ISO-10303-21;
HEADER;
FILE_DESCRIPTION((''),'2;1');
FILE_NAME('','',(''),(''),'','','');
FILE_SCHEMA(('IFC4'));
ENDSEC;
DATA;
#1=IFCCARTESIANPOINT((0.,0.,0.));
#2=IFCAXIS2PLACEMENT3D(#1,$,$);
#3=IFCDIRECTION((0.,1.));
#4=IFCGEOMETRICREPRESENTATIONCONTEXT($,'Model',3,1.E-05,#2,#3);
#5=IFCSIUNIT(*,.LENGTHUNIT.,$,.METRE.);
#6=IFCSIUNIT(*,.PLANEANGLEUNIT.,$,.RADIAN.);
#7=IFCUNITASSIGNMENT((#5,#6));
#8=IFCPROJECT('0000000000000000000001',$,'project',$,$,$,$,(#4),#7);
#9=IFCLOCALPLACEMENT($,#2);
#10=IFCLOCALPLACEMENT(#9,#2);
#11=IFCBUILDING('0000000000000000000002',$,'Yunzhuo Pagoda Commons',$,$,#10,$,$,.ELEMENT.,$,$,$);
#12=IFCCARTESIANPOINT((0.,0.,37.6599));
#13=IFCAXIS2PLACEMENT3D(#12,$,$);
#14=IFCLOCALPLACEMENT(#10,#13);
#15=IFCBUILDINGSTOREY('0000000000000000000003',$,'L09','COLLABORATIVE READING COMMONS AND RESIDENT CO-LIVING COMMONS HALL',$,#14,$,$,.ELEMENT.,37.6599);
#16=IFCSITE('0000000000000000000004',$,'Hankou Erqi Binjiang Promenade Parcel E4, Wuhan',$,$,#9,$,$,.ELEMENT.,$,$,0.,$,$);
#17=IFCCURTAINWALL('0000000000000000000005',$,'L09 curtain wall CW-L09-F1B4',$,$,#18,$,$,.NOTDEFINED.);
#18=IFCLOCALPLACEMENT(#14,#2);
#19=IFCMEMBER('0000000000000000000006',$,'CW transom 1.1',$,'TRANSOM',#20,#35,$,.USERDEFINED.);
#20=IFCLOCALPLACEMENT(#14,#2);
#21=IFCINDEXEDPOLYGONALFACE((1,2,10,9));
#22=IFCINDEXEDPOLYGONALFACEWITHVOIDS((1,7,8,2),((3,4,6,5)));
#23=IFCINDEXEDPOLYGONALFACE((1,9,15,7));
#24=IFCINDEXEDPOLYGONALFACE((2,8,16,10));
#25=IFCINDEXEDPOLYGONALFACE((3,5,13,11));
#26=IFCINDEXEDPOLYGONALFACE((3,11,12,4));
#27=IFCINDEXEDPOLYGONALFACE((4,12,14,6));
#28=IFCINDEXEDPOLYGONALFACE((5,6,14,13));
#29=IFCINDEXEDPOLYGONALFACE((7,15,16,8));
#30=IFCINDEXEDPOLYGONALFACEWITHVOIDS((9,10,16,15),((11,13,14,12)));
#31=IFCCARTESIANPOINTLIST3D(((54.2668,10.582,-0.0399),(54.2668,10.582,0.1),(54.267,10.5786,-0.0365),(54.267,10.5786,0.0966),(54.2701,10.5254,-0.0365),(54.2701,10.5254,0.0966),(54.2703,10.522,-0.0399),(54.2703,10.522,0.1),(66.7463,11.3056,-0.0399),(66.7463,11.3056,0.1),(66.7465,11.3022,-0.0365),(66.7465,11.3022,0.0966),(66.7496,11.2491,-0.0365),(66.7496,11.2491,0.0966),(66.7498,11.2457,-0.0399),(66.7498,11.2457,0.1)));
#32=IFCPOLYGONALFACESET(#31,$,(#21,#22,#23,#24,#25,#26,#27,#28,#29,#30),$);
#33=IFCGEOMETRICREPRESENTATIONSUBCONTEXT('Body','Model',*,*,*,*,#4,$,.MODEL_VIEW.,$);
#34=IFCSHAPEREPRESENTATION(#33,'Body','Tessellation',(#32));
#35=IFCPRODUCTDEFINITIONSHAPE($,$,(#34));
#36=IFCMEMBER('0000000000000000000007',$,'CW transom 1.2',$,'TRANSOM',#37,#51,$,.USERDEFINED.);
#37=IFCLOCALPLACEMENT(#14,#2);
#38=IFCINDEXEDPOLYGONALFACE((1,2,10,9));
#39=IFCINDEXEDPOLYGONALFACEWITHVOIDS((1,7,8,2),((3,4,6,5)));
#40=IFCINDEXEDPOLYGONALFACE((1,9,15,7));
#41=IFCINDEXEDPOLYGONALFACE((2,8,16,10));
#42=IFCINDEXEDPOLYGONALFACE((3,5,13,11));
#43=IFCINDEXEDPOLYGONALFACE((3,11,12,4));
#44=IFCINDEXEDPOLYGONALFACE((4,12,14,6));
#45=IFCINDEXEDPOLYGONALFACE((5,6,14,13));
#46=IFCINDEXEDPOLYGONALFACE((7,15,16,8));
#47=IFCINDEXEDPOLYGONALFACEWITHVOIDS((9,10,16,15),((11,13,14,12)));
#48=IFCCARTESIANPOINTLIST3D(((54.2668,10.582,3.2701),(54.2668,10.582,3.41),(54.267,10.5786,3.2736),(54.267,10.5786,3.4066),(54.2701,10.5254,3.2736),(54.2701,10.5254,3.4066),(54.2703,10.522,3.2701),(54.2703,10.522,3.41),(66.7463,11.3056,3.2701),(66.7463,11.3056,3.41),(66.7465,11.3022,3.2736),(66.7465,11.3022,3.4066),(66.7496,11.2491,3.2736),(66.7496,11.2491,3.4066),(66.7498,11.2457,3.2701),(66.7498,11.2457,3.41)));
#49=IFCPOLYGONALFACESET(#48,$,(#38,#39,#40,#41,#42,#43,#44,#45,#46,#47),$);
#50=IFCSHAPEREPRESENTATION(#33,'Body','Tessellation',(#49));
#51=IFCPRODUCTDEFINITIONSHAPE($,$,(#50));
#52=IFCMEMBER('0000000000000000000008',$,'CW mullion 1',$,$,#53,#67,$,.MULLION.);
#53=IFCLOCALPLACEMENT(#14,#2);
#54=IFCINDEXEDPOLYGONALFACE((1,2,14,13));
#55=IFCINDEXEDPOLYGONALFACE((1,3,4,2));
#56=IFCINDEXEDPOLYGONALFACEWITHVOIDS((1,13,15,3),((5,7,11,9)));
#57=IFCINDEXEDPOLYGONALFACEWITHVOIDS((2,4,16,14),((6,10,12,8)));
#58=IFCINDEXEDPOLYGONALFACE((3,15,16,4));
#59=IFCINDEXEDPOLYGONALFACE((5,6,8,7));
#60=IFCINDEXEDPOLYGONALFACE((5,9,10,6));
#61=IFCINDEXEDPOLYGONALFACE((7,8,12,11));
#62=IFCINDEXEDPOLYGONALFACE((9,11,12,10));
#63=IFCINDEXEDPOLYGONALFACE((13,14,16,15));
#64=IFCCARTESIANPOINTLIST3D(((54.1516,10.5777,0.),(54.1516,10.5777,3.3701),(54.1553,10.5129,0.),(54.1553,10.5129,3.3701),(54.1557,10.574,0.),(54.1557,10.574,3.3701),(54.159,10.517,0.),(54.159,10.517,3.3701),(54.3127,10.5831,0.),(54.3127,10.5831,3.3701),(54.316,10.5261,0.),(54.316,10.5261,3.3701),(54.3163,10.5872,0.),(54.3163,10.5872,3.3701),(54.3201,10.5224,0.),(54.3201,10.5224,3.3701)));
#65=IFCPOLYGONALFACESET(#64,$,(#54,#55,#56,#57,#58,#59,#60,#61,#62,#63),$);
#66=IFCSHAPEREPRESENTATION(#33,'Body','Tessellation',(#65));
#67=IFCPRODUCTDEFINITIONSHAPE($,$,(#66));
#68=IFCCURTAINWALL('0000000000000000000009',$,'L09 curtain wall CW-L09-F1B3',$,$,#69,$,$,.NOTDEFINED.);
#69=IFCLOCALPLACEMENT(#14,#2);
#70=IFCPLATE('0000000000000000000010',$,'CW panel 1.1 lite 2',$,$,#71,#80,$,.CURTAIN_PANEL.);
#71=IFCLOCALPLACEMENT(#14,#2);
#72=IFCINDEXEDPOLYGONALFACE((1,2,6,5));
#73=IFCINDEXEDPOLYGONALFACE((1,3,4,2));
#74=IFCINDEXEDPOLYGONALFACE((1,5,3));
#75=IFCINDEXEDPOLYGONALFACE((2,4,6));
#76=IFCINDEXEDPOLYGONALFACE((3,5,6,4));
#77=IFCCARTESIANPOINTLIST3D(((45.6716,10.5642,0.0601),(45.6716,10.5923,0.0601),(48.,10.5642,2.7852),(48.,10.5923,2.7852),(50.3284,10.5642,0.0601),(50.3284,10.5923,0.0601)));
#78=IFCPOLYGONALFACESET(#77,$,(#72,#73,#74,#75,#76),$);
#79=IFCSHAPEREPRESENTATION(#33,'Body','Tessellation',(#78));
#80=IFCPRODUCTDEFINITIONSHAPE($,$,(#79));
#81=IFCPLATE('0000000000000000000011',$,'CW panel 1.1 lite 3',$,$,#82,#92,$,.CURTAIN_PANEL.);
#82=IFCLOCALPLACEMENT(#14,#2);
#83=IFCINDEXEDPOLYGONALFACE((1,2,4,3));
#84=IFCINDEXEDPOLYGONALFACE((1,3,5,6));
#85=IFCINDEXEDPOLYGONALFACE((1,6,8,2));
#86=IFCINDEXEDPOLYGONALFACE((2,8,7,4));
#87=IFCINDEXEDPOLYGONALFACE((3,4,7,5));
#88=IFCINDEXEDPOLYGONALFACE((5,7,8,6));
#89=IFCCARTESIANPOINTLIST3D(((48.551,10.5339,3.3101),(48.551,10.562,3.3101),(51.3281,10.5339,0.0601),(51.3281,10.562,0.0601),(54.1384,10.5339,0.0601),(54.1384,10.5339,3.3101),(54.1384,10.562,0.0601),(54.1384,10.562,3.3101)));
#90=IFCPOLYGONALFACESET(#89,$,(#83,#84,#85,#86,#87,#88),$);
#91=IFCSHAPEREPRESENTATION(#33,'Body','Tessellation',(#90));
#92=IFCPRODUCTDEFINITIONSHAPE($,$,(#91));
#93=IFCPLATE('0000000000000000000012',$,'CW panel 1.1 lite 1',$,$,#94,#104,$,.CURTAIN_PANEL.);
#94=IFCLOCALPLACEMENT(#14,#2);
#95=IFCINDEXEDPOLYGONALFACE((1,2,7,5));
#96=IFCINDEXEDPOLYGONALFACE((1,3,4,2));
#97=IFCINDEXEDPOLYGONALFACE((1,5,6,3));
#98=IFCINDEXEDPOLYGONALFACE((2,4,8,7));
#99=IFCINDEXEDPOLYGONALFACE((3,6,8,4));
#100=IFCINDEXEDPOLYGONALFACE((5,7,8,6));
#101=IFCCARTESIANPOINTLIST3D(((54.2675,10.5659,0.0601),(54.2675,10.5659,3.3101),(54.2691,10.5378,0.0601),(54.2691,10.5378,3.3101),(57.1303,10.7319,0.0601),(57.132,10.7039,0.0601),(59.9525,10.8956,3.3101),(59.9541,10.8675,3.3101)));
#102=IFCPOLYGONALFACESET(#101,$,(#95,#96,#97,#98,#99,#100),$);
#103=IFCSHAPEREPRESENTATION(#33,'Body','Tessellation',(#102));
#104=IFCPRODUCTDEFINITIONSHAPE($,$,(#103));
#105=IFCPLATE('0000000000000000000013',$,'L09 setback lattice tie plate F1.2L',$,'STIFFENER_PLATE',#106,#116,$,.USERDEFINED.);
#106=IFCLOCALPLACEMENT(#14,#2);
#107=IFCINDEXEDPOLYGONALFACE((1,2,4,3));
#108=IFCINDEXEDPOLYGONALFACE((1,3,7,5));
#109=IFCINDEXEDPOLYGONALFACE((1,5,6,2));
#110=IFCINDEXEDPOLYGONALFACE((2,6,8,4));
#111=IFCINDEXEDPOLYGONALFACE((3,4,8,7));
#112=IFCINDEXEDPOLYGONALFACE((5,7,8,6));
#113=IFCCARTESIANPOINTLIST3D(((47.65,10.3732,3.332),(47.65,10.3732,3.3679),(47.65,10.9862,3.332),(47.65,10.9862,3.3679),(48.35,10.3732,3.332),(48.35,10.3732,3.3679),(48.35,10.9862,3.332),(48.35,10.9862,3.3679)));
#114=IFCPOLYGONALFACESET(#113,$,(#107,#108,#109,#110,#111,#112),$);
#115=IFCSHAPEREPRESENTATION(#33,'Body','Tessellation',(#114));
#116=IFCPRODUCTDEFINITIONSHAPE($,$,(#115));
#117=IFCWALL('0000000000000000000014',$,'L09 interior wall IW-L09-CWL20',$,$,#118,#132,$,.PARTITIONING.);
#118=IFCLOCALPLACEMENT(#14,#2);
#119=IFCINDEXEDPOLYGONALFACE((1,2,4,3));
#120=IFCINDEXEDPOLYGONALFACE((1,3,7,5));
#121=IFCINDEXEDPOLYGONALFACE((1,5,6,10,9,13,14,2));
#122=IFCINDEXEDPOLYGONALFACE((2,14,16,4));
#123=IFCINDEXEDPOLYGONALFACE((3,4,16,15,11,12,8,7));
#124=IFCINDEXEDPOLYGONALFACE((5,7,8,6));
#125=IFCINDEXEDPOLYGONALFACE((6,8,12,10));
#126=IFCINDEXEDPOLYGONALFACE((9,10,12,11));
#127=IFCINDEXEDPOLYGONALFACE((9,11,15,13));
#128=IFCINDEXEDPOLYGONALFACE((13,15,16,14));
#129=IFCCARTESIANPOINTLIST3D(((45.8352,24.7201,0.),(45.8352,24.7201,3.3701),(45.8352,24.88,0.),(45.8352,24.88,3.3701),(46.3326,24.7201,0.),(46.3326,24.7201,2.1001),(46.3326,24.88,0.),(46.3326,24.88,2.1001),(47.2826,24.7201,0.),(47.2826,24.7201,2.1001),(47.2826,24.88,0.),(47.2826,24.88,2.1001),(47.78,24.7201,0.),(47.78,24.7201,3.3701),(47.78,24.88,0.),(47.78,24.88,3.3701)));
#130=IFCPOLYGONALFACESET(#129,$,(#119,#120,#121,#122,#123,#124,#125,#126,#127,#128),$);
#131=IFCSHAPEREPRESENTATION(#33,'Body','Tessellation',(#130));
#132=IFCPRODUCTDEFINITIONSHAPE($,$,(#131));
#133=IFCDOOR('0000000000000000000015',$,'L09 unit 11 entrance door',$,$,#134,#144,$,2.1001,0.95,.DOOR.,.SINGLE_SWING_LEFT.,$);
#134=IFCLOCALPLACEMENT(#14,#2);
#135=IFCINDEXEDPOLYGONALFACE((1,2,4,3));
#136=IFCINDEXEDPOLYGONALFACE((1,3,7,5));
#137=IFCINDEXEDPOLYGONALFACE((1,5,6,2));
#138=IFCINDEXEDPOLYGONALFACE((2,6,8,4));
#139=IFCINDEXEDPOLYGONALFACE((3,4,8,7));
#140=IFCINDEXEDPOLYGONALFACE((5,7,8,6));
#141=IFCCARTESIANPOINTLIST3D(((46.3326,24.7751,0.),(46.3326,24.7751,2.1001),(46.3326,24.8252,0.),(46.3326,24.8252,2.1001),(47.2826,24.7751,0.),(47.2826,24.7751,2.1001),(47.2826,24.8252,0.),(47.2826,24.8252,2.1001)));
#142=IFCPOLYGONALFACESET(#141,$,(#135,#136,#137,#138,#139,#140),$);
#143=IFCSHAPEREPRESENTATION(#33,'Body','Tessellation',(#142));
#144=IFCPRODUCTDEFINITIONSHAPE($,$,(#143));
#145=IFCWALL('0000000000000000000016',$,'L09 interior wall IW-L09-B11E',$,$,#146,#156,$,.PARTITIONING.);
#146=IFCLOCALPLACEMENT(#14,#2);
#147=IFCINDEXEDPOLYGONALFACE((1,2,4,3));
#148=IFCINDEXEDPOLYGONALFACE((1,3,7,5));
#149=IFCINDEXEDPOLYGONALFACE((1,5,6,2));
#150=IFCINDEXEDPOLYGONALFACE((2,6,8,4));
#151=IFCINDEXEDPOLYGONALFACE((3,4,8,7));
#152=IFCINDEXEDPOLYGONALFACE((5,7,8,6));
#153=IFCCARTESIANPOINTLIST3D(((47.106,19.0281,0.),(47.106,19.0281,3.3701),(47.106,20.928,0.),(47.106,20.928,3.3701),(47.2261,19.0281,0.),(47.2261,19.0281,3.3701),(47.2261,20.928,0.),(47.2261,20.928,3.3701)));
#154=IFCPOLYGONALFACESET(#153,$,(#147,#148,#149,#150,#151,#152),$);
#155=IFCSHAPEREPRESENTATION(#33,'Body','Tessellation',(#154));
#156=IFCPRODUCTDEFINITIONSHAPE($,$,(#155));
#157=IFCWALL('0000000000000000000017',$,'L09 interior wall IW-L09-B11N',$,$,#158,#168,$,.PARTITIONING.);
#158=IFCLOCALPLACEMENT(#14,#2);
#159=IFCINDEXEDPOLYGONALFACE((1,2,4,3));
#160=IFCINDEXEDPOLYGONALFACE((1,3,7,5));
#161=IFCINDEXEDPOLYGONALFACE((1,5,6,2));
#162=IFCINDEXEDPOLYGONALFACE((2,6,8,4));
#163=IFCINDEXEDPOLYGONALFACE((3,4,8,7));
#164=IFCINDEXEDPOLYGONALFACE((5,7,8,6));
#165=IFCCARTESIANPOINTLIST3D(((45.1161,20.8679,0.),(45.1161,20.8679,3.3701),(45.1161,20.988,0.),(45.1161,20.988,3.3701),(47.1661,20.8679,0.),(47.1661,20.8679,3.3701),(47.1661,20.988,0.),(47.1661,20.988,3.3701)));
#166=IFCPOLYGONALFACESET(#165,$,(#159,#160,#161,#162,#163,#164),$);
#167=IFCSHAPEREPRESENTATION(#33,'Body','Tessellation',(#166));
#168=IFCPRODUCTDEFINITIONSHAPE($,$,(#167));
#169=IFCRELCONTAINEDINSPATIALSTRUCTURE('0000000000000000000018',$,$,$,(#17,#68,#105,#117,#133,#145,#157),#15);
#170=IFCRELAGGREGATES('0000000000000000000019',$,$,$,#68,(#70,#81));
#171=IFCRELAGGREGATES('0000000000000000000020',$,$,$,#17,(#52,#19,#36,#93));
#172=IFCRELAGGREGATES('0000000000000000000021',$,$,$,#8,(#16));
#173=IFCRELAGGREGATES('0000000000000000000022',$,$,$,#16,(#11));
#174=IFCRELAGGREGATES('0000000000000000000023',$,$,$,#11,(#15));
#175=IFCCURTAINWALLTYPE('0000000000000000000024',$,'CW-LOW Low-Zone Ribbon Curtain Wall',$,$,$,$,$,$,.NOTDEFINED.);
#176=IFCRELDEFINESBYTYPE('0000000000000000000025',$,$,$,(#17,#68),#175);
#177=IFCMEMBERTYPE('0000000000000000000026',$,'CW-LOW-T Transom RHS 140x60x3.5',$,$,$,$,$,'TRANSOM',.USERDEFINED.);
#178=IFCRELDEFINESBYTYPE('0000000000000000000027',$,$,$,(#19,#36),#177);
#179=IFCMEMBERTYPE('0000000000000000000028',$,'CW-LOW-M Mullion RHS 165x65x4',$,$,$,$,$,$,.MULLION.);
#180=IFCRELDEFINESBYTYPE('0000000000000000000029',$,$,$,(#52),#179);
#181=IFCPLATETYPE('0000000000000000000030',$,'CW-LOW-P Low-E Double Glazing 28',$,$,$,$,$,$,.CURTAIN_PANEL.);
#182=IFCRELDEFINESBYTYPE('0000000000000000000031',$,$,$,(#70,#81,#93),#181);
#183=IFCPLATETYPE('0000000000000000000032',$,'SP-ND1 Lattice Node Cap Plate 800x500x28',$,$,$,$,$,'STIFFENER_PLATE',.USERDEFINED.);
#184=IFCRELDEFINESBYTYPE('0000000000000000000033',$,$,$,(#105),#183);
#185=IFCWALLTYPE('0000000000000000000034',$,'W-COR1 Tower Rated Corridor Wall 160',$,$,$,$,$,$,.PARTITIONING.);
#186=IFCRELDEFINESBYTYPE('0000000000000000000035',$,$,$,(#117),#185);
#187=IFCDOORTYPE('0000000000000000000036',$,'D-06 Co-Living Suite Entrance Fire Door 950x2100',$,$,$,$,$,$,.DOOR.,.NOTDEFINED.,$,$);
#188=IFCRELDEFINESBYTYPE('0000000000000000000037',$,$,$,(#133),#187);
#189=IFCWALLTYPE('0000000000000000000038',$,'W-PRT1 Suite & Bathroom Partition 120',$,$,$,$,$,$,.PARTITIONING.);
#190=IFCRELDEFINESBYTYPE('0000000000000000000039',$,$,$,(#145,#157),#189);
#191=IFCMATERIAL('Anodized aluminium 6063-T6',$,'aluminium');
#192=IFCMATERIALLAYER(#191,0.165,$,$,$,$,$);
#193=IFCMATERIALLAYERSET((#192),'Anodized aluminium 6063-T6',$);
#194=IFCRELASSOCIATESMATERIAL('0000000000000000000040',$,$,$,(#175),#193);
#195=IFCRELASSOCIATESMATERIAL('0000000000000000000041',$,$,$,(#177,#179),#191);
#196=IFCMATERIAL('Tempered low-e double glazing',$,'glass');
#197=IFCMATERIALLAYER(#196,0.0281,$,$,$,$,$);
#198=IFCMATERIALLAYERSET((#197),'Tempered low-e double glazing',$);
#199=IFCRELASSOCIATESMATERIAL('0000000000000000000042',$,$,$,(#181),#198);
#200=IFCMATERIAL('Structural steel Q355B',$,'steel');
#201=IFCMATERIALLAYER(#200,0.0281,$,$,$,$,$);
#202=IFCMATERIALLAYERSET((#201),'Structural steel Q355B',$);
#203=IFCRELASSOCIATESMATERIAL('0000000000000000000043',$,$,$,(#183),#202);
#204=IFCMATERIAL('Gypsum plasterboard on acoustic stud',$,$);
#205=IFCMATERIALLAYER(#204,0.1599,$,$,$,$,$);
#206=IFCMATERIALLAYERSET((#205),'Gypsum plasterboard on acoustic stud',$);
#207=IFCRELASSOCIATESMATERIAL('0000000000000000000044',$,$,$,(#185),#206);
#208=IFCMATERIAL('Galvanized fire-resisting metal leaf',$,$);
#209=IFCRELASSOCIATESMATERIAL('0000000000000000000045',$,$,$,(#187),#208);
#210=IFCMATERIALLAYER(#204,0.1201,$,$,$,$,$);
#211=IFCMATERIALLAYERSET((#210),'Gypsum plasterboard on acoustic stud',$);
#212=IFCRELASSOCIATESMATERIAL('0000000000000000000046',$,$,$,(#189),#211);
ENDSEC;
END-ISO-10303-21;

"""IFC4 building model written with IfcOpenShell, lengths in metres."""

from ifc_helpers import new_model, si_unit, direction, frame, frame_2d, origin, origin_with_axes, origin_2d, place, context, subcontext, project, spatial, polyline, rectangle, hollow_rectangle, outline, extrude, source, transform, mapped, material, layer, layer_set, material_profile, profile_set, type_object, element, fill, aggregate, save


model = new_model("IFC4")

# Units and contexts
model_context = context("Model", 3, precision=1e-05, world=origin(), true_north=direction((0.0, 1.0)))
body_context = subcontext(model_context, "Body", "Model", "MODEL_VIEW")
ifc_project = project(units=[si_unit("LENGTHUNIT", "METRE"), si_unit("PLANEANGLEUNIT", "RADIAN")], contexts=[model_context])

# Site, building, storey
site_placement = place(None, origin())
site = spatial("IfcSite", under=ifc_project, at=site_placement, Name="Hankou Erqi Binjiang Promenade Parcel E4, Wuhan", CompositionType="ELEMENT", RefElevation=0.0)
building_placement = place(site_placement, origin())
building = spatial("IfcBuilding", under=site, at=building_placement, Name="Yunzhuo Pagoda Commons", CompositionType="ELEMENT")
storey_placement = place(building_placement, frame((0.0, 0.0, 37.6599)))
storey = spatial("IfcBuildingStorey", under=building, at=storey_placement, Name="L09", Description="COLLABORATIVE READING COMMONS AND RESIDENT CO-LIVING COMMONS HALL", CompositionType="ELEMENT", Elevation=37.6599)

# Shared definitions
ifc_material_1 = material(Name="Structural steel Q355B", Category="steel")

# Curtain wall, members
ifc_material_2 = material(Name="Anodized aluminium 6063-T6", Category="aluminium")
ifc_layer_1 = layer(ifc_material_2, 0.165)
ifc_layer_set_1 = layer_set([ifc_layer_1], Name="Anodized aluminium 6063-T6")
curtain_wall_type = type_object("IfcCurtainWallType", Name="CW-LOW Low-Zone Ribbon Curtain Wall", PredefinedType="NOTDEFINED", material=ifc_layer_set_1)
curtain_wall_1_placement = place(storey_placement, origin())
curtain_wall_1 = element("IfcCurtainWall", 1, at=curtain_wall_1_placement, inside=storey, type_object=curtain_wall_type, Name="L09 curtain wall CW-L09-F1B4", PredefinedType="NOTDEFINED")
ifc_material_profile_1 = material_profile(ifc_material_2, hollow_rectangle(XDim=0.0601, YDim=0.1399, WallThickness=0.0034, at=origin_2d()), Name="Anodized aluminium 6063-T6")
ifc_profile_set_1 = profile_set([ifc_material_profile_1], Name="Anodized aluminium 6063-T6")
member_type_1 = type_object("IfcMemberType", Name="CW-LOW-T Transom RHS 140x60x3.5", ElementType="TRANSOM", PredefinedType="USERDEFINED", material=ifc_profile_set_1)
shared_shape_1 = source(origin(), body_context, "Body", "SweptSolid", [
    extrude(hollow_rectangle(XDim=0.0601, YDim=0.1399, WallThickness=0.0034, at=origin_2d()), origin(), (0.0, 0.0, 1.0), 12.5005),
])
member_1_placement = place(storey_placement, frame((54.2686, 10.552, 0.03), z_axis=(0.998323, 0.057889, 0.0), x_axis=(-0.057889, 0.998323, 0.0)))
member_1 = element("IfcMember", 2, at=member_1_placement, type_object=member_type_1, Name="CW transom 1.1", ObjectType="TRANSOM", PredefinedType="USERDEFINED", context=body_context, shape_type="MappedRepresentation", body=[
    mapped(shared_shape_1, transform((0.0, 0.0, 0.0), scale=1.0)),
])
member_2_placement = place(storey_placement, frame((54.2686, 10.552, 3.3401), z_axis=(0.998323, 0.057889, 0.0), x_axis=(-0.057889, 0.998323, 0.0)))
member_2 = element("IfcMember", 3, at=member_2_placement, type_object=member_type_1, Name="CW transom 1.2", ObjectType="TRANSOM", PredefinedType="USERDEFINED", context=body_context, shape_type="MappedRepresentation", body=[
    mapped(shared_shape_1, transform((0.0, 0.0, 0.0), scale=1.0)),
])
ifc_material_profile_2 = material_profile(ifc_material_2, hollow_rectangle(XDim=0.0649, YDim=0.165, WallThickness=0.0039, at=origin_2d()), Name="Anodized aluminium 6063-T6")
ifc_profile_set_2 = profile_set([ifc_material_profile_2], Name="Anodized aluminium 6063-T6")
member_type_2 = type_object("IfcMemberType", Name="CW-LOW-M Mullion RHS 165x65x4", PredefinedType="MULLION", material=ifc_profile_set_2)
shared_shape_2 = source(origin(), body_context, "Body", "SweptSolid", [
    extrude(hollow_rectangle(XDim=0.0649, YDim=0.165, WallThickness=0.0039, at=origin_2d()), origin(), (0.0, 0.0, 1.0), 3.3701),
])
member_3_placement = place(storey_placement, frame((54.2358, 10.55, 0.0), z_axis=(0.0, 0.0, 1.0), x_axis=(-0.057899, 0.998322, 0.0)))
member_3 = element("IfcMember", 4, at=member_3_placement, type_object=member_type_2, Name="CW mullion 1", PredefinedType="MULLION", context=body_context, shape_type="MappedRepresentation", body=[
    mapped(shared_shape_2, transform((0.0, 0.0, 0.0), scale=1.0)),
])

# Curtain wall, plates
curtain_wall_2_placement = place(storey_placement, origin())
curtain_wall_2 = element("IfcCurtainWall", 5, at=curtain_wall_2_placement, inside=storey, type_object=curtain_wall_type, Name="L09 curtain wall CW-L09-F1B3", PredefinedType="NOTDEFINED")
ifc_material_3 = material(Name="Tempered low-e double glazing", Category="glass")
ifc_layer_2 = layer(ifc_material_3, 0.0281)
ifc_layer_set_2 = layer_set([ifc_layer_2], Name="Tempered low-e double glazing")
plate_type_1 = type_object("IfcPlateType", Name="CW-LOW-P Low-E Double Glazing 28", PredefinedType="CURTAIN_PANEL", material=ifc_layer_set_2)
plate_1_placement = place(storey_placement, frame((48.0, 10.5923, 1.4226), z_axis=(0.0, -1.0, 0.0), x_axis=(1.0, 0.0, 0.0)))
plate_1 = element("IfcPlate", 6, at=plate_1_placement, type_object=plate_type_1, Name="CW panel 1.1 lite 2", PredefinedType="CURTAIN_PANEL", context=body_context, shape_type="SweptSolid", body=[
    extrude(outline(polyline([(-2.3284, -1.3625), (2.3284, -1.3625), (0.0, 1.3625), (-2.3284, -1.3625)])), origin(), (0.0, 0.0, 1.0), 0.0281),
])
plate_2_placement = place(storey_placement, frame((51.3447, 10.562, 1.6851), z_axis=(0.0, -1.0, 0.0), x_axis=(1.0, 0.0, 0.0)))
plate_2 = element("IfcPlate", 7, at=plate_2_placement, type_object=plate_type_1, Name="CW panel 1.1 lite 3", PredefinedType="CURTAIN_PANEL", context=body_context, shape_type="SweptSolid", body=[
    extrude(outline(polyline([(-2.7937, 1.625), (-0.0166, -1.625), (2.7937, -1.625), (2.7937, 1.625), (-2.7937, 1.625)])), origin(), (0.0, 0.0, 1.0), 0.0281),
])
aggregate(curtain_wall_2, [plate_1, plate_2])

# Plates
plate_3_placement = place(storey_placement, frame((57.1101, 10.7307, 1.6851), z_axis=(0.057899, -0.998322, 0.0), x_axis=(0.998322, 0.057899, 0.0)))
plate_3 = element("IfcPlate", 8, at=plate_3_placement, type_object=plate_type_1, Name="CW panel 1.1 lite 1", PredefinedType="CURTAIN_PANEL", context=body_context, shape_type="SweptSolid", body=[
    extrude(outline(polyline([(-2.8474, -1.625), (0.0203, -1.625), (2.8472, 1.625), (-2.8474, 1.625), (-2.8474, -1.625)])), origin(), (0.0, 0.0, 1.0), 0.0281),
])
aggregate(curtain_wall_1, [member_3, member_1, member_2, plate_3])
ifc_layer_3 = layer(ifc_material_1, 0.0281)
ifc_layer_set_3 = layer_set([ifc_layer_3], Name="Structural steel Q355B")
plate_type_2 = type_object("IfcPlateType", Name="SP-ND1 Lattice Node Cap Plate 800x500x28", ElementType="STIFFENER_PLATE", PredefinedType="USERDEFINED", material=ifc_layer_set_3)
shared_shape_3 = source(origin(), body_context, "Body", "SweptSolid", [
    extrude(rectangle(XDim=0.7, YDim=0.613, at=origin_2d()), origin(), (0.0, 0.0, 1.0), 0.0359),
])
plate_4_placement = place(storey_placement, frame((48.0, 10.6797, 3.332), z_axis=(0.0, 0.0, 1.0), x_axis=(1.0, 0.0, 0.0)))
element("IfcPlate", 9, at=plate_4_placement, inside=storey, type_object=plate_type_2, Name="L09 setback lattice tie plate F1.2L", ObjectType="STIFFENER_PLATE", PredefinedType="USERDEFINED", context=body_context, shape_type="MappedRepresentation", body=[
    mapped(shared_shape_3, transform((0.0, 0.0, 0.0), scale=1.0)),
])

# Wall, opening, door
ifc_material_4 = material(Name="Gypsum plasterboard on acoustic stud")
ifc_layer_4 = layer(ifc_material_4, 0.1599)
ifc_layer_set_4 = layer_set([ifc_layer_4], Name="Gypsum plasterboard on acoustic stud")
wall_type_1 = type_object("IfcWallType", Name="W-COR1 Tower Rated Corridor Wall 160", PredefinedType="PARTITIONING", material=ifc_layer_set_4)
wall_1_placement = place(storey_placement, frame((47.78, 24.8, 0.0), z_axis=(0.0, 0.0, 1.0), x_axis=(-1.0, 0.0, 0.0)))
wall_1 = element("IfcWall", 10, at=wall_1_placement, inside=storey, type_object=wall_type_1, Name="L09 interior wall IW-L09-CWL20", PredefinedType="PARTITIONING", context=body_context, shape_type="SweptSolid", body=[
    extrude(rectangle(XDim=1.9448, YDim=0.1599, at=frame_2d((0.9724, 0.0))), origin(), (0.0, 0.0, 1.0), 3.3701),
])
opening_1_placement = place(wall_1_placement, frame((0.4973, 0.0, 0.0)))
opening_1 = element("IfcOpeningElement", 11, at=opening_1_placement, cuts=wall_1, PredefinedType="OPENING", context=body_context, shape_type="SweptSolid", body=[
    extrude(rectangle(XDim=0.95, YDim=2.1001, at=frame_2d((0.4751, 1.05))), frame((0.0, 0.0898, 0.0), z_axis=(0.0, -1.0, 0.0), x_axis=(1.0, 0.0, 0.0)), (0.0, 0.0, 1.0), 0.1799),
])
ifc_material_5 = material(Name="Galvanized fire-resisting metal leaf")
door_type_1 = type_object("IfcDoorType", Name="D-06 Co-Living Suite Entrance Fire Door 950x2100", OperationType="NOTDEFINED", PredefinedType="DOOR", material=ifc_material_5)
shared_shape_4 = source(origin(), body_context, "Body", "SweptSolid", [
    extrude(rectangle(XDim=0.95, YDim=2.1001, at=frame_2d((0.4751, 1.05))), frame((0.0, 0.0249, 0.0), z_axis=(0.0, -1.0, 0.0), x_axis=(1.0, 0.0, 0.0)), (0.0, 0.0, 1.0), 0.05),
])
door_1_placement = place(opening_1_placement, origin_with_axes())
door_1 = element("IfcDoor", 12, at=door_1_placement, inside=storey, type_object=door_type_1, Name="L09 unit 11 entrance door", OperationType="SINGLE_SWING_LEFT", OverallHeight=2.1001, OverallWidth=0.95, PredefinedType="DOOR", context=body_context, shape_type="MappedRepresentation", body=[
    mapped(shared_shape_4, transform((0.0, 0.0, 0.0), scale=1.0)),
])
fill(opening_1, door_1)

# Walls
ifc_layer_5 = layer(ifc_material_4, 0.1201)
ifc_layer_set_5 = layer_set([ifc_layer_5], Name="Gypsum plasterboard on acoustic stud")
wall_type_2 = type_object("IfcWallType", Name="W-PRT1 Suite & Bathroom Partition 120", PredefinedType="PARTITIONING", material=ifc_layer_set_5)
wall_2_placement = place(storey_placement, frame((47.166, 19.0281, 0.0), z_axis=(0.0, 0.0, 1.0), x_axis=(0.0, 1.0, 0.0)))
element("IfcWall", 13, at=wall_2_placement, inside=storey, type_object=wall_type_2, Name="L09 interior wall IW-L09-B11E", PredefinedType="PARTITIONING", context=body_context, shape_type="SweptSolid", body=[
    extrude(rectangle(XDim=1.8999, YDim=0.1201, at=frame_2d((0.95, 0.0))), origin(), (0.0, 0.0, 1.0), 3.3701),
])
wall_3_placement = place(storey_placement, frame((47.166, 20.928, 0.0), z_axis=(0.0, 0.0, 1.0), x_axis=(-1.0, 0.0, 0.0)))
element("IfcWall", 14, at=wall_3_placement, inside=storey, type_object=wall_type_2, Name="L09 interior wall IW-L09-B11N", PredefinedType="PARTITIONING", context=body_context, shape_type="SweptSolid", body=[
    extrude(rectangle(XDim=2.05, YDim=0.1201, at=frame_2d((1.0249, 0.0))), origin(), (0.0, 0.0, 1.0), 3.3701),
])

save(model, "model.ifc")
